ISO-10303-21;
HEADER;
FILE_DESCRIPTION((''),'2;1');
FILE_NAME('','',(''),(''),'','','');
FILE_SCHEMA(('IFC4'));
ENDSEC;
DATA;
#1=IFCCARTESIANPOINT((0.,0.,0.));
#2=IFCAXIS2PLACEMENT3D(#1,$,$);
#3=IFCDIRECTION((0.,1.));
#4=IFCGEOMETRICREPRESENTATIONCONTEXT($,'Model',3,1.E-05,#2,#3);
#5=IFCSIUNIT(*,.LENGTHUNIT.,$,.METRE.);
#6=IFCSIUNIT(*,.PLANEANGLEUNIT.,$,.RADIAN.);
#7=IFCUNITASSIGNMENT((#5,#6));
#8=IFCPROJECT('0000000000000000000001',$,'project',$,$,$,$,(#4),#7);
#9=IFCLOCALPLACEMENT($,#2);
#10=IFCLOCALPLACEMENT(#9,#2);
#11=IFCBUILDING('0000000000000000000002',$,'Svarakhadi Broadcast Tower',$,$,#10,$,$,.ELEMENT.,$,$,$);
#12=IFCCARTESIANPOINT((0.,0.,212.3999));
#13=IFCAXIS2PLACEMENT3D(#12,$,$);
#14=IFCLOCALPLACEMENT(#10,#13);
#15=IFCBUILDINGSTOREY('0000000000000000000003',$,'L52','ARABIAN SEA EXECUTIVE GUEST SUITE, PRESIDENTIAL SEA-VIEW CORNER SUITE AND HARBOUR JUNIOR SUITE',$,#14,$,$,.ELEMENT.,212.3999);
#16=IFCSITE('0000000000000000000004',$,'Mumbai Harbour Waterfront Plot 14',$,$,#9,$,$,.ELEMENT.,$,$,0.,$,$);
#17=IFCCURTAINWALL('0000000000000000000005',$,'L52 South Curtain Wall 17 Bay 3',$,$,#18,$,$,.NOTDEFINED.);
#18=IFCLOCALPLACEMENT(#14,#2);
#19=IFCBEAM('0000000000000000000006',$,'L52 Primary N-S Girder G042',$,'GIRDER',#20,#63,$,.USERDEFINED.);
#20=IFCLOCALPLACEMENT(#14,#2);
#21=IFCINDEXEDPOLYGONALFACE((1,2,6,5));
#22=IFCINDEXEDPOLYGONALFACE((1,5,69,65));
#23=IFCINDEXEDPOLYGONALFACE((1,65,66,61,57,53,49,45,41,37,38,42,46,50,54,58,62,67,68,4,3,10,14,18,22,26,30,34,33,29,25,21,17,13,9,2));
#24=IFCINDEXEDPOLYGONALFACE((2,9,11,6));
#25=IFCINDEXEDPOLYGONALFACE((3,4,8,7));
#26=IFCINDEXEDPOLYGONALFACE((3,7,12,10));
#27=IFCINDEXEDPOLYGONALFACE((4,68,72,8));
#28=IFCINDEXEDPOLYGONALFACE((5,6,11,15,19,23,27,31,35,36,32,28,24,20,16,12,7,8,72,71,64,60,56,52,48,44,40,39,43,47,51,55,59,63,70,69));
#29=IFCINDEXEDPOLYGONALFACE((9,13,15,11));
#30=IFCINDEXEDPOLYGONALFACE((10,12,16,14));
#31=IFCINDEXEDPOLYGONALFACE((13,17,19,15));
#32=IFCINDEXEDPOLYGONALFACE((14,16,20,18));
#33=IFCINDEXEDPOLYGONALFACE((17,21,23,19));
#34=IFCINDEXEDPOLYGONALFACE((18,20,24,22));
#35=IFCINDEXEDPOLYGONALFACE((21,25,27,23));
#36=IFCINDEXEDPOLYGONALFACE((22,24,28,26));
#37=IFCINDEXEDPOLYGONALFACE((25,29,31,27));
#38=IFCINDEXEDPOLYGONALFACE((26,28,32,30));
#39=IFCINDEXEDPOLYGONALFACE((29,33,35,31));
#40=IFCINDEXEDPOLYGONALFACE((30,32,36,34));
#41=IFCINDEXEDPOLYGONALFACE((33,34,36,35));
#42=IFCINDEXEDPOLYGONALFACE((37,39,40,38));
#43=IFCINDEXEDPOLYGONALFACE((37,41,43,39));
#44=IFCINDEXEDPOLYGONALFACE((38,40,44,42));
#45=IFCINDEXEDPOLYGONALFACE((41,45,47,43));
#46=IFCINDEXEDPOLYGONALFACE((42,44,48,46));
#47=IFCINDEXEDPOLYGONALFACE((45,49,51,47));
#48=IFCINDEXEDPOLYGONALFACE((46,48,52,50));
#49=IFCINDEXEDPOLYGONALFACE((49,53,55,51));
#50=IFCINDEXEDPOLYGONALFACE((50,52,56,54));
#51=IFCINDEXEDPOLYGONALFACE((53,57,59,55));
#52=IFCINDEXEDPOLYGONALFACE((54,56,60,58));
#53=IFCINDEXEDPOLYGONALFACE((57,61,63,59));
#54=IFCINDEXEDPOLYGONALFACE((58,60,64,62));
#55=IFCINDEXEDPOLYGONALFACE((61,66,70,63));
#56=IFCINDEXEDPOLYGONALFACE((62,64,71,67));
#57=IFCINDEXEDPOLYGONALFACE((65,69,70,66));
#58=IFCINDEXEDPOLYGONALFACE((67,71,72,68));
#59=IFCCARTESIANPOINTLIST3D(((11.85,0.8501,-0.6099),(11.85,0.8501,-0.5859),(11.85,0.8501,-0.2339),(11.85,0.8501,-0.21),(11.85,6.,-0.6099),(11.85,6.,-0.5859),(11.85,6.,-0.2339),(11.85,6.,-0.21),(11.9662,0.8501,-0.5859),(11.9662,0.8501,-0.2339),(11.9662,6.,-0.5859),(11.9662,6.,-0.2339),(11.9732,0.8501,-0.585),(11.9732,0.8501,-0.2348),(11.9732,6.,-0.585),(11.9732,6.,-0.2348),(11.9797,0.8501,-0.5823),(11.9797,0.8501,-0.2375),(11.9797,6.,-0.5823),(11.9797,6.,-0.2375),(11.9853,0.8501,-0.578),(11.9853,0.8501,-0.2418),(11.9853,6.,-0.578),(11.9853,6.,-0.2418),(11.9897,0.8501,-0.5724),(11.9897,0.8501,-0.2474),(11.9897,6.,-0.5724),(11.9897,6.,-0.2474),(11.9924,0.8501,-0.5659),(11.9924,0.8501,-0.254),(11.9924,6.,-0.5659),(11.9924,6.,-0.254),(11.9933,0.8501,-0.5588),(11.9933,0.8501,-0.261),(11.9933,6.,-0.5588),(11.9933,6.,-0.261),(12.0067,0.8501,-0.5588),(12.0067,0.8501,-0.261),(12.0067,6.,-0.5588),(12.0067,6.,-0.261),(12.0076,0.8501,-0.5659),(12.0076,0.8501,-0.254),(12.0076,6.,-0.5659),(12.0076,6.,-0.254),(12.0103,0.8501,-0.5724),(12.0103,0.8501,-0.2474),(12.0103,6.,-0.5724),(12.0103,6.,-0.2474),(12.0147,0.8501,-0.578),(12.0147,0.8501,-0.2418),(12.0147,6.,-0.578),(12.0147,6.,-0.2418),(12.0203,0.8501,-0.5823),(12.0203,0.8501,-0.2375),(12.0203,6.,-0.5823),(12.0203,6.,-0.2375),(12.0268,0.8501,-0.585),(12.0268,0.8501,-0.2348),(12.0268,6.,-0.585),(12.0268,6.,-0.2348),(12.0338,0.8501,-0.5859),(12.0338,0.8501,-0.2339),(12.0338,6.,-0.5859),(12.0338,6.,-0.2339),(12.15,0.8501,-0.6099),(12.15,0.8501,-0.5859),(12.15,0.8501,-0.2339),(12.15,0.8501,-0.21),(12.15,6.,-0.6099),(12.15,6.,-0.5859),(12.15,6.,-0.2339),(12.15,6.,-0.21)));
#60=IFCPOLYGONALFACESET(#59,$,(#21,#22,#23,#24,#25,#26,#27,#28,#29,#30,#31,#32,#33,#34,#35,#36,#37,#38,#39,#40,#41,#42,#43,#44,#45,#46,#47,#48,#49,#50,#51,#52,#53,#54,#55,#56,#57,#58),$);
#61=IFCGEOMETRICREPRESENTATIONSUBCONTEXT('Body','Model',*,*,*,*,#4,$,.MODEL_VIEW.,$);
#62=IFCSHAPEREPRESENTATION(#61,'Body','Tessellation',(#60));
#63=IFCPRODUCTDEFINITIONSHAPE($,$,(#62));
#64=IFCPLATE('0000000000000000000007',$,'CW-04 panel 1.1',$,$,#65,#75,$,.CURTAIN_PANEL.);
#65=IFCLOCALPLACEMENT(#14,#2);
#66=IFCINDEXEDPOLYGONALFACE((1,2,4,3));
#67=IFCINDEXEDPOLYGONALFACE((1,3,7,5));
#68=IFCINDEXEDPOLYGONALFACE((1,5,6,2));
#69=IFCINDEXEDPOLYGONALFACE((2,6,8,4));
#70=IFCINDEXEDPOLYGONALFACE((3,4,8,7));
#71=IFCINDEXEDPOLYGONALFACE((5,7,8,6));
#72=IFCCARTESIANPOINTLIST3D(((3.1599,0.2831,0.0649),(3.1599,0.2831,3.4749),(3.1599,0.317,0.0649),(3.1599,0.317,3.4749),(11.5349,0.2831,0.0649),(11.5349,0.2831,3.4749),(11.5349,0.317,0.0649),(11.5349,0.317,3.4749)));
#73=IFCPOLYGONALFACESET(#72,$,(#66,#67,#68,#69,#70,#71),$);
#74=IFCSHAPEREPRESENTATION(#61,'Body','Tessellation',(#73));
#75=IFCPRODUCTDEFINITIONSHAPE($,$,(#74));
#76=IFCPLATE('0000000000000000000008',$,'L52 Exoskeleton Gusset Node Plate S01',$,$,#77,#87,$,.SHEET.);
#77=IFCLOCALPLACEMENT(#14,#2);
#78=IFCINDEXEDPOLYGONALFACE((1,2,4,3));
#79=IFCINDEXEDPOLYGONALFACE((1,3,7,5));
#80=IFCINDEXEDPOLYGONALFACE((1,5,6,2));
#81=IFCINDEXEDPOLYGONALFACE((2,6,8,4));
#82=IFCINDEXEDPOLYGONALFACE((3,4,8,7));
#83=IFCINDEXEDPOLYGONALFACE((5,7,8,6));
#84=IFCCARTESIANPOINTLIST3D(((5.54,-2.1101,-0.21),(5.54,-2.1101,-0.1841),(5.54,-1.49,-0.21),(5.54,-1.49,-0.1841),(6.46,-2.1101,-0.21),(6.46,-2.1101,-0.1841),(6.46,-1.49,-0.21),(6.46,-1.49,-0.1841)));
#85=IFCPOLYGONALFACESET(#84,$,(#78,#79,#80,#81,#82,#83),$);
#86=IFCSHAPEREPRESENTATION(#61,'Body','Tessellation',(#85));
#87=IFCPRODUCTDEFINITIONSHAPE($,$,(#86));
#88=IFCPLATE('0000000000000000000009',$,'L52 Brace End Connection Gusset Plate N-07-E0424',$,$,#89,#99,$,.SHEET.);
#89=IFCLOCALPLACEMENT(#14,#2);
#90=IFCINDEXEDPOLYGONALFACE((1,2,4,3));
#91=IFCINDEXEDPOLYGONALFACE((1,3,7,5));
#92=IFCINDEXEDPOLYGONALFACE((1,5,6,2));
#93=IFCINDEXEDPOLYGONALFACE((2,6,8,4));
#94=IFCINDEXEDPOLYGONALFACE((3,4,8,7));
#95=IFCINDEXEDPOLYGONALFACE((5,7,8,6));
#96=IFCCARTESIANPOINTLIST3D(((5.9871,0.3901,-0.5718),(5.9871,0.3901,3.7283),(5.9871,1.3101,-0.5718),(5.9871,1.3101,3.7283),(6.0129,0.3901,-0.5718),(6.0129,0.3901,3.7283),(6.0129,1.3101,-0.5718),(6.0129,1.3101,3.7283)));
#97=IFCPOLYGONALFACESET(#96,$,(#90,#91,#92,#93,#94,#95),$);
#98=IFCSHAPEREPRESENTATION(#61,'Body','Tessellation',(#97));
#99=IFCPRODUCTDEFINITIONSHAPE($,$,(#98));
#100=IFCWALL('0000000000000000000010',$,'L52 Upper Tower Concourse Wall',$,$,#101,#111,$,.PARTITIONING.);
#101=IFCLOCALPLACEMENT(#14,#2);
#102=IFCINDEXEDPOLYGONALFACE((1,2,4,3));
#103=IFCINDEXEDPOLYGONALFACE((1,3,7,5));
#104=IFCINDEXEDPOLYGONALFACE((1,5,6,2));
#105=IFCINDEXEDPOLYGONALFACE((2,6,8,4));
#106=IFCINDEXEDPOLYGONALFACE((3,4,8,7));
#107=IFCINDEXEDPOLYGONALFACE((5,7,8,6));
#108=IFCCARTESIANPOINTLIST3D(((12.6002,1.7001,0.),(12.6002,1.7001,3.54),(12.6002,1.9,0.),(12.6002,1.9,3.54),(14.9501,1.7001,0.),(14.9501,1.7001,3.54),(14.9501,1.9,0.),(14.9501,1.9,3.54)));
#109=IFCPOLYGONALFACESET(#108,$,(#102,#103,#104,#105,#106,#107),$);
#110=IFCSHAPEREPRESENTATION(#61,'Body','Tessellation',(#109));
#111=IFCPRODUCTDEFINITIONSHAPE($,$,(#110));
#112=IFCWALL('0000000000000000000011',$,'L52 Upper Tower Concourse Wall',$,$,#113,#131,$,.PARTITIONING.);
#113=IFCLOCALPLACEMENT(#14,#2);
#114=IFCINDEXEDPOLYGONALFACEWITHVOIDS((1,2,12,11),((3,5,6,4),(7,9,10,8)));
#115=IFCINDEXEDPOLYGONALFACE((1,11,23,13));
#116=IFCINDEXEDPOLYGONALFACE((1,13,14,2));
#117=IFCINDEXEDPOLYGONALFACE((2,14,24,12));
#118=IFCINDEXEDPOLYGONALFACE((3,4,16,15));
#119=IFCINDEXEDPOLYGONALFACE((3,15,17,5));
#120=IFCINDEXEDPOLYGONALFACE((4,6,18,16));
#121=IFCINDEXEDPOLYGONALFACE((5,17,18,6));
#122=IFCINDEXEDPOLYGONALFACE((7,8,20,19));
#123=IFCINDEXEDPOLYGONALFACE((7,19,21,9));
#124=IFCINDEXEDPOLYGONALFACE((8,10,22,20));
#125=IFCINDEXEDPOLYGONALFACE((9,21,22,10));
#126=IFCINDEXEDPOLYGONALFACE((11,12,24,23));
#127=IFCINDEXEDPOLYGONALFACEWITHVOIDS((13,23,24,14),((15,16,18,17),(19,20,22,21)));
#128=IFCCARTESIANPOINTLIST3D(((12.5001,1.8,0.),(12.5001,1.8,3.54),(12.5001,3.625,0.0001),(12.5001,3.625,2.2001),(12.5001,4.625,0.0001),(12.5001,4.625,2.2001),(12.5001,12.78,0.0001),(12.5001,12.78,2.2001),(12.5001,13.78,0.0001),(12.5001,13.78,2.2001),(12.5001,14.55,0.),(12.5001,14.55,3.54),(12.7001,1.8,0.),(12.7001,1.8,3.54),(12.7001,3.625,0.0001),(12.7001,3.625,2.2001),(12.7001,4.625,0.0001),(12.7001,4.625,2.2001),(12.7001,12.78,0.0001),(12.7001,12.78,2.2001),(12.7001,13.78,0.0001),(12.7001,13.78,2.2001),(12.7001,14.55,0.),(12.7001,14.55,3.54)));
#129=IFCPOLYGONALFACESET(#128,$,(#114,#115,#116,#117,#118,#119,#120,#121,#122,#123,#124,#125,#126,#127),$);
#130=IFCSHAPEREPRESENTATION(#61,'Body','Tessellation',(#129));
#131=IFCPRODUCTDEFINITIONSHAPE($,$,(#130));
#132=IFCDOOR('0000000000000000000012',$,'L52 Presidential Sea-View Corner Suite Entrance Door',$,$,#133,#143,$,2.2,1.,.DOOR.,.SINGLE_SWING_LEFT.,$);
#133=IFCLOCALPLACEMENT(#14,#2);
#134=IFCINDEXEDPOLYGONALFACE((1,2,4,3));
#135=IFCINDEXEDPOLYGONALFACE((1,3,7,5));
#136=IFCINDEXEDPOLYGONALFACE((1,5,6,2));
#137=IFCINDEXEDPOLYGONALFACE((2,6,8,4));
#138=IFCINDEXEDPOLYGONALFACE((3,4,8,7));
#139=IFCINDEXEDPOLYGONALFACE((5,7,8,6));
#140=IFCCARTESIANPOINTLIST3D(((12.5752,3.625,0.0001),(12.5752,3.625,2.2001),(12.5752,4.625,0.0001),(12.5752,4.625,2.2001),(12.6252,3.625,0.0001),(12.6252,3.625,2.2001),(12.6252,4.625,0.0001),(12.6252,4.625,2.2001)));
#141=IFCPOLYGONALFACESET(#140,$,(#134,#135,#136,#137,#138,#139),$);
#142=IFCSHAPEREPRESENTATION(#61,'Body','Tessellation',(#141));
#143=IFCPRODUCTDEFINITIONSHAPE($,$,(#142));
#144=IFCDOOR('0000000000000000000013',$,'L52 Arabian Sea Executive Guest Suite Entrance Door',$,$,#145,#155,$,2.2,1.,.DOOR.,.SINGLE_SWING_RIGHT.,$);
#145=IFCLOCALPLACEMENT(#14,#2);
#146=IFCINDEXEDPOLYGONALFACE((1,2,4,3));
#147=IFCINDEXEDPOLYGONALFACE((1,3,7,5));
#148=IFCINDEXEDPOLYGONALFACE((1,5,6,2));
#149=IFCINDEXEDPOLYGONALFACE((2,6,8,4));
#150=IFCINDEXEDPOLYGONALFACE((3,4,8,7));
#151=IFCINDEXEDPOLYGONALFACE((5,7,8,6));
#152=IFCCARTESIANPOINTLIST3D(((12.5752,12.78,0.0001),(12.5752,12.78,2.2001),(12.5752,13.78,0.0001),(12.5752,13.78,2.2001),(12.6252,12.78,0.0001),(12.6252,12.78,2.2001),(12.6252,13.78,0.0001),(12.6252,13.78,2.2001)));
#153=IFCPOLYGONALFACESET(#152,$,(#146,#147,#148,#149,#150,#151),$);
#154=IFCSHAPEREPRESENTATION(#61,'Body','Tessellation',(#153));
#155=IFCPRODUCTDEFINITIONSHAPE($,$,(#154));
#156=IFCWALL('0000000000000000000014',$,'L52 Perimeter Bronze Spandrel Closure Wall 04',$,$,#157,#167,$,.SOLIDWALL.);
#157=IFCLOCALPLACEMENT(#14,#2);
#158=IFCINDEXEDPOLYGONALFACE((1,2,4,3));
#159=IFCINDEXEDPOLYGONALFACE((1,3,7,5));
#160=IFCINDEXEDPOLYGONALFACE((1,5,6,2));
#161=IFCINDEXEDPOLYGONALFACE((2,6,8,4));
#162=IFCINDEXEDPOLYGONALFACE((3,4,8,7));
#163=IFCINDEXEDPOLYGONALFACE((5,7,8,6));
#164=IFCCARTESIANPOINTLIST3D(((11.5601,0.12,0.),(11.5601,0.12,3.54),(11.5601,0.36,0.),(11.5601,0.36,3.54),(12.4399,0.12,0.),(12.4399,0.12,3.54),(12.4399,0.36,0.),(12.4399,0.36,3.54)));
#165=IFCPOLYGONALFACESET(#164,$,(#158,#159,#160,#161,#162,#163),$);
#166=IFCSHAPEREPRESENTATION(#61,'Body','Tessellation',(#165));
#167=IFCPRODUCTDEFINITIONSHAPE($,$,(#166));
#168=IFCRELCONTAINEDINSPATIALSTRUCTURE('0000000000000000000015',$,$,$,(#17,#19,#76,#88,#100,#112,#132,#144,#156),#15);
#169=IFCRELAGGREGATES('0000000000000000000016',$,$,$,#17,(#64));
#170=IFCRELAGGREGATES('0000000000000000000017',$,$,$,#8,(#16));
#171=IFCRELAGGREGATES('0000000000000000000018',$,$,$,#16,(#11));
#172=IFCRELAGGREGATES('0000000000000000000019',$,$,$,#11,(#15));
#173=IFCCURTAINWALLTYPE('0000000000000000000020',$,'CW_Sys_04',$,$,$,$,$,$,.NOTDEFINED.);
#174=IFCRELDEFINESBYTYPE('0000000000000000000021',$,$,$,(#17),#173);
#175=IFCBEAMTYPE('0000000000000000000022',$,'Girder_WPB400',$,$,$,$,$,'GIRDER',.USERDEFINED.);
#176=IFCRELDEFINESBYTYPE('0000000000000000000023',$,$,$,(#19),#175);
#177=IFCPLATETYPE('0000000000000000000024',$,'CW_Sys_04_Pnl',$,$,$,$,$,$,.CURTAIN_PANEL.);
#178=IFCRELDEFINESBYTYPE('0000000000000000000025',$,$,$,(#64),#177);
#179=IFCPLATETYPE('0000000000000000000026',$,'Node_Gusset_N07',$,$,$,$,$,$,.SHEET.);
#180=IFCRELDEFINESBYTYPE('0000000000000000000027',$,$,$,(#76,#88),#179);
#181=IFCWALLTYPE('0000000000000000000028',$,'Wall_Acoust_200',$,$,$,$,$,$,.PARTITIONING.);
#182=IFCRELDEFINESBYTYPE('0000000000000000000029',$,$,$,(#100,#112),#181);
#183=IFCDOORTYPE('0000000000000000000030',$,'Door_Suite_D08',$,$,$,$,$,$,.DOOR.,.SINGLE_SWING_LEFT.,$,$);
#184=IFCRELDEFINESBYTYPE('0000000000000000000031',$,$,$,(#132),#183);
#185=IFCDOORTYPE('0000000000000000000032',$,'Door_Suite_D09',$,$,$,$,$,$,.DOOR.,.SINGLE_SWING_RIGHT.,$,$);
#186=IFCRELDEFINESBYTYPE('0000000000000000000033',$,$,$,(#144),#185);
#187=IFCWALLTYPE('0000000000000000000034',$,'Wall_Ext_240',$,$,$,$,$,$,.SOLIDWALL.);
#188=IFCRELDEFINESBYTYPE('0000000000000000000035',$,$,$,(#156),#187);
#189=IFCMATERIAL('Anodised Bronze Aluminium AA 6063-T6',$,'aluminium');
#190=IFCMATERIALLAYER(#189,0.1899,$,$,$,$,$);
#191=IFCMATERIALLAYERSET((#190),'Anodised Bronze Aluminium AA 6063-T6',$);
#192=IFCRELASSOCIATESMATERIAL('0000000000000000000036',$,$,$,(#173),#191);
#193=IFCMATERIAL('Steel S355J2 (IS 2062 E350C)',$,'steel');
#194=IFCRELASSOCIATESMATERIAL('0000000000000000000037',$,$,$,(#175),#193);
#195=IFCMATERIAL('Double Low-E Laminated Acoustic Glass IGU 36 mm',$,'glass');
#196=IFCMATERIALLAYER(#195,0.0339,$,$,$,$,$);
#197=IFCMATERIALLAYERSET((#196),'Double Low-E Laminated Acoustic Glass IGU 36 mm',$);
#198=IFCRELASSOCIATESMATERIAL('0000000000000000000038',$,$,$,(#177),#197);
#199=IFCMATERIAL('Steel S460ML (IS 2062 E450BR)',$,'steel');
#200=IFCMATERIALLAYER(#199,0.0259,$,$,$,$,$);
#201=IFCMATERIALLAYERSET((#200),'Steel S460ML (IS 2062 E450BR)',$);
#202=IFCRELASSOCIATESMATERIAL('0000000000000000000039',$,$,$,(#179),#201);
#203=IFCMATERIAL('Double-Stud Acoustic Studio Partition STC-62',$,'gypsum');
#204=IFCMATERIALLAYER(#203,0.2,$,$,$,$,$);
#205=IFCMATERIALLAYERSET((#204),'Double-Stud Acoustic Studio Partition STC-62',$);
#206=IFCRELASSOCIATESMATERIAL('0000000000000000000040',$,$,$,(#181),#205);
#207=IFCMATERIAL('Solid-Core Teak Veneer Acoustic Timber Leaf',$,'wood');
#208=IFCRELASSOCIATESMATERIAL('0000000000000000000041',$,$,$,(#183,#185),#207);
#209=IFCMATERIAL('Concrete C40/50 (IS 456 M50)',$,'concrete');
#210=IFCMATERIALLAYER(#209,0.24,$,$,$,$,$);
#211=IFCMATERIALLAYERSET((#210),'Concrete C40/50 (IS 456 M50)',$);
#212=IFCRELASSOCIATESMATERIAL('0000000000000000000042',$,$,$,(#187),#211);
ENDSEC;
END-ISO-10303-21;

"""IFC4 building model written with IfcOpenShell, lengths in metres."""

from ifc_helpers import new_model, si_unit, direction, frame, frame_2d, origin, origin_2d, place, context, subcontext, project, spatial, rectangle, i_section, extrude, material, layer, layer_set, material_profile, profile_set, type_object, element, fill, aggregate, save


model = new_model("IFC4")

# Units and contexts
model_context = context("Model", 3, precision=1e-05, world=origin(), true_north=direction((0.0, 1.0)))
body_context = subcontext(model_context, "Body", "Model", "MODEL_VIEW")
ifc_project = project(units=[si_unit("LENGTHUNIT", "METRE"), si_unit("PLANEANGLEUNIT", "RADIAN")], contexts=[model_context])

# Site, building, storey
site_placement = place(None, origin())
site = spatial("IfcSite", under=ifc_project, at=site_placement, Name="Mumbai Harbour Waterfront Plot 14", CompositionType="ELEMENT", RefElevation=0.0)
building_placement = place(site_placement, origin())
building = spatial("IfcBuilding", under=site, at=building_placement, Name="Svarakhadi Broadcast Tower", CompositionType="ELEMENT")
storey_placement = place(building_placement, frame((0.0, 0.0, 212.3999)))
storey = spatial("IfcBuildingStorey", under=building, at=storey_placement, Name="L52", Description="ARABIAN SEA EXECUTIVE GUEST SUITE, PRESIDENTIAL SEA-VIEW CORNER SUITE AND HARBOUR JUNIOR SUITE", CompositionType="ELEMENT", Elevation=212.3999)

# Shared definitions
ifc_material_1 = material(Name="Steel S460ML (IS 2062 E450BR)", Category="steel")

# Shared definitions
ifc_material_2 = material(Name="Steel S355J2 (IS 2062 E350C)", Category="steel")

# Shared definitions
ifc_material_3 = material(Name="Anodised Bronze Aluminium AA 6063-T6", Category="aluminium")
ifc_layer_1 = layer(ifc_material_3, 0.1899)
ifc_layer_set_1 = layer_set([ifc_layer_1], Name="Anodised Bronze Aluminium AA 6063-T6")
curtain_wall_type = type_object("IfcCurtainWallType", Name="CW_Sys_04", PredefinedType="NOTDEFINED", material=ifc_layer_set_1)

# Curtain wall
curtain_wall_1_placement = place(storey_placement, origin())
curtain_wall_1 = element("IfcCurtainWall", 1, at=curtain_wall_1_placement, inside=storey, type_object=curtain_wall_type, Name="L52 South Curtain Wall 17 Bay 3", PredefinedType="NOTDEFINED")

# Beam
ifc_material_profile_1 = material_profile(ifc_material_2, i_section(OverallWidth=0.3, OverallDepth=0.3999, WebThickness=0.0134, FlangeThickness=0.0239, FilletRadius=0.0271, at=origin_2d()), Name="WPB 400x300x155")
ifc_profile_set_1 = profile_set([ifc_material_profile_1], Name="Steel S355J2 (IS 2062 E350C)")
beam_type_1 = type_object("IfcBeamType", Name="Girder_WPB400", ElementType="GIRDER", PredefinedType="USERDEFINED", material=ifc_profile_set_1)
for number, where, z_axis, x_axis, name in (
    (2, (12.0, 0.8501, -0.4099), (0.0, 1.0, 0.0), (-1.0, 0.0, 0.0), "L52 Primary N-S Girder G042"),
):
    element("IfcBeam", number, at=place(storey_placement, frame(where, z_axis=z_axis, x_axis=x_axis)), inside=storey, type_object=beam_type_1, Name=name, ObjectType="GIRDER", PredefinedType="USERDEFINED", context=body_context, shape_type="SweptSolid", body=[
        extrude(i_section(OverallWidth=0.3, OverallDepth=0.3999, WebThickness=0.0134, FlangeThickness=0.0239, FilletRadius=0.0271, at=origin_2d()), origin(), (0.0, 0.0, 1.0), 5.1499),
    ])

# Plate
ifc_material_4 = material(Name="Double Low-E Laminated Acoustic Glass IGU 36 mm", Category="glass")
ifc_layer_2 = layer(ifc_material_4, 0.0339)
ifc_layer_set_2 = layer_set([ifc_layer_2], Name="Double Low-E Laminated Acoustic Glass IGU 36 mm")
plate_type_1 = type_object("IfcPlateType", Name="CW_Sys_04_Pnl", PredefinedType="CURTAIN_PANEL", material=ifc_layer_set_2)
plate_1_placement = place(storey_placement, frame((7.3474, 0.3, 0.0649), z_axis=(0.0, 0.0, 1.0), x_axis=(-1.0, 0.0, 0.0)))
plate_1 = element("IfcPlate", 3, at=plate_1_placement, type_object=plate_type_1, Name="CW-04 panel 1.1", PredefinedType="CURTAIN_PANEL", context=body_context, shape_type="SweptSolid", body=[
    extrude(rectangle(XDim=8.375, YDim=0.0339, at=origin_2d()), origin(), (0.0, 0.0, 1.0), 3.4099),
])
aggregate(curtain_wall_1, [plate_1])

# Plates
ifc_layer_3 = layer(ifc_material_1, 0.0259)
ifc_layer_set_3 = layer_set([ifc_layer_3], Name="Steel S460ML (IS 2062 E450BR)")
plate_type_2 = type_object("IfcPlateType", Name="Node_Gusset_N07", PredefinedType="SHEET", material=ifc_layer_set_3)
plate_2_placement = place(storey_placement, frame((6.0, -1.8, -0.21), z_axis=(0.0, 0.0, 1.0), x_axis=(1.0, 0.0, 0.0)))
element("IfcPlate", 4, at=plate_2_placement, inside=storey, type_object=plate_type_2, Name="L52 Exoskeleton Gusset Node Plate S01", PredefinedType="SHEET", context=body_context, shape_type="SweptSolid", body=[
    extrude(rectangle(XDim=0.9199, YDim=0.6201, at=origin_2d()), origin(), (0.0, 0.0, 1.0), 0.0259),
])
plate_3_placement = place(storey_placement, frame((6.0, 0.8501, -0.5718), z_axis=(0.0, 0.0, 1.0), x_axis=(0.0, 1.0, 0.0)))
element("IfcPlate", 5, at=plate_3_placement, inside=storey, type_object=plate_type_2, Name="L52 Brace End Connection Gusset Plate N-07-E0424", PredefinedType="SHEET", context=body_context, shape_type="SweptSolid", body=[
    extrude(rectangle(XDim=0.9199, YDim=0.0259, at=origin_2d()), origin(), (0.0, 0.0, 1.0), 4.3),
])

# Wall
ifc_material_5 = material(Name="Double-Stud Acoustic Studio Partition STC-62", Category="gypsum")
ifc_layer_4 = layer(ifc_material_5, 0.2)
ifc_layer_set_4 = layer_set([ifc_layer_4], Name="Double-Stud Acoustic Studio Partition STC-62")
wall_type_1 = type_object("IfcWallType", Name="Wall_Acoust_200", PredefinedType="PARTITIONING", material=ifc_layer_set_4)
wall_1_placement = place(storey_placement, frame((14.95, 1.8, 0.0), z_axis=(0.0, 0.0, 1.0), x_axis=(-1.0, 0.0, 0.0)))
element("IfcWall", 6, at=wall_1_placement, inside=storey, type_object=wall_type_1, Name="L52 Upper Tower Concourse Wall", PredefinedType="PARTITIONING", context=body_context, shape_type="SweptSolid", body=[
    extrude(rectangle(XDim=2.3499, YDim=0.2, at=frame_2d((1.1748, 0.0))), origin(), (0.0, 0.0, 1.0), 3.54),
])

# Wall, openings, doors
wall_2_placement = place(storey_placement, frame((12.6001, 1.8, 0.0), z_axis=(0.0, 0.0, 1.0), x_axis=(0.0, 1.0, 0.0)))
wall_2 = element("IfcWall", 7, at=wall_2_placement, inside=storey, type_object=wall_type_1, Name="L52 Upper Tower Concourse Wall", PredefinedType="PARTITIONING", context=body_context, shape_type="SweptSolid", body=[
    extrude(rectangle(XDim=12.75, YDim=0.2, at=frame_2d((6.375, 0.0))), origin(), (0.0, 0.0, 1.0), 3.54),
])
opening_1_placement = place(wall_2_placement, frame((1.825, 0.0, 0.0)))
opening_1 = element("IfcOpeningElement", 8, at=opening_1_placement, cuts=wall_2, PredefinedType="OPENING", context=body_context, shape_type="SweptSolid", body=[
    extrude(rectangle(XDim=1.0, YDim=2.2, at=frame_2d((0.5, 1.1001))), frame((0.0, 0.1099, 0.0), z_axis=(0.0, -1.0, 0.0), x_axis=(1.0, 0.0, 0.0)), (0.0, 0.0, 1.0), 0.22),
])
opening_2_placement = place(wall_2_placement, frame((10.98, 0.0, 0.0)))
opening_2 = element("IfcOpeningElement", 9, at=opening_2_placement, cuts=wall_2, PredefinedType="OPENING", context=body_context, shape_type="SweptSolid", body=[
    extrude(rectangle(XDim=1.0, YDim=2.2, at=frame_2d((0.5, 1.1001))), frame((0.0, 0.1099, 0.0), z_axis=(0.0, -1.0, 0.0), x_axis=(1.0, 0.0, 0.0)), (0.0, 0.0, 1.0), 0.22),
])
ifc_material_6 = material(Name="Solid-Core Teak Veneer Acoustic Timber Leaf", Category="wood")
door_type_1 = type_object("IfcDoorType", Name="Door_Suite_D08", OperationType="SINGLE_SWING_LEFT", PredefinedType="DOOR", material=ifc_material_6)
door_1_placement = place(opening_1_placement, origin())
door_1 = element("IfcDoor", 10, at=door_1_placement, inside=storey, type_object=door_type_1, Name="L52 Presidential Sea-View Corner Suite Entrance Door", OperationType="SINGLE_SWING_LEFT", OverallHeight=2.2, OverallWidth=1.0, PredefinedType="DOOR", context=body_context, shape_type="SweptSolid", body=[
    extrude(rectangle(XDim=1.0, YDim=2.2, at=frame_2d((0.5, 1.1001))), frame((0.0, 0.0249, 0.0), z_axis=(0.0, -1.0, 0.0), x_axis=(1.0, 0.0, 0.0)), (0.0, 0.0, 1.0), 0.05),
])
fill(opening_1, door_1)
door_type_2 = type_object("IfcDoorType", Name="Door_Suite_D09", OperationType="SINGLE_SWING_RIGHT", PredefinedType="DOOR", material=ifc_material_6)
door_2_placement = place(opening_2_placement, origin())
door_2 = element("IfcDoor", 11, at=door_2_placement, inside=storey, type_object=door_type_2, Name="L52 Arabian Sea Executive Guest Suite Entrance Door", OperationType="SINGLE_SWING_RIGHT", OverallHeight=2.2, OverallWidth=1.0, PredefinedType="DOOR", context=body_context, shape_type="SweptSolid", body=[
    extrude(rectangle(XDim=1.0, YDim=2.2, at=frame_2d((0.5, 1.1001))), frame((0.0, 0.0249, 0.0), z_axis=(0.0, -1.0, 0.0), x_axis=(1.0, 0.0, 0.0)), (0.0, 0.0, 1.0), 0.05),
])
fill(opening_2, door_2)

# Wall
ifc_material_7 = material(Name="Concrete C40/50 (IS 456 M50)", Category="concrete")
ifc_layer_5 = layer(ifc_material_7, 0.24)
ifc_layer_set_5 = layer_set([ifc_layer_5], Name="Concrete C40/50 (IS 456 M50)")
wall_type_2 = type_object("IfcWallType", Name="Wall_Ext_240", PredefinedType="SOLIDWALL", material=ifc_layer_set_5)
wall_3_placement = place(storey_placement, frame((12.4399, 0.24, 0.0), z_axis=(0.0, 0.0, 1.0), x_axis=(-1.0, 0.0, 0.0)))
element("IfcWall", 12, at=wall_3_placement, inside=storey, type_object=wall_type_2, Name="L52 Perimeter Bronze Spandrel Closure Wall 04", PredefinedType="SOLIDWALL", context=body_context, shape_type="SweptSolid", body=[
    extrude(rectangle(XDim=0.8799, YDim=0.24, at=frame_2d((0.4399, 0.0))), origin(), (0.0, 0.0, 1.0), 3.54),
])

save(model, "model.ifc")
